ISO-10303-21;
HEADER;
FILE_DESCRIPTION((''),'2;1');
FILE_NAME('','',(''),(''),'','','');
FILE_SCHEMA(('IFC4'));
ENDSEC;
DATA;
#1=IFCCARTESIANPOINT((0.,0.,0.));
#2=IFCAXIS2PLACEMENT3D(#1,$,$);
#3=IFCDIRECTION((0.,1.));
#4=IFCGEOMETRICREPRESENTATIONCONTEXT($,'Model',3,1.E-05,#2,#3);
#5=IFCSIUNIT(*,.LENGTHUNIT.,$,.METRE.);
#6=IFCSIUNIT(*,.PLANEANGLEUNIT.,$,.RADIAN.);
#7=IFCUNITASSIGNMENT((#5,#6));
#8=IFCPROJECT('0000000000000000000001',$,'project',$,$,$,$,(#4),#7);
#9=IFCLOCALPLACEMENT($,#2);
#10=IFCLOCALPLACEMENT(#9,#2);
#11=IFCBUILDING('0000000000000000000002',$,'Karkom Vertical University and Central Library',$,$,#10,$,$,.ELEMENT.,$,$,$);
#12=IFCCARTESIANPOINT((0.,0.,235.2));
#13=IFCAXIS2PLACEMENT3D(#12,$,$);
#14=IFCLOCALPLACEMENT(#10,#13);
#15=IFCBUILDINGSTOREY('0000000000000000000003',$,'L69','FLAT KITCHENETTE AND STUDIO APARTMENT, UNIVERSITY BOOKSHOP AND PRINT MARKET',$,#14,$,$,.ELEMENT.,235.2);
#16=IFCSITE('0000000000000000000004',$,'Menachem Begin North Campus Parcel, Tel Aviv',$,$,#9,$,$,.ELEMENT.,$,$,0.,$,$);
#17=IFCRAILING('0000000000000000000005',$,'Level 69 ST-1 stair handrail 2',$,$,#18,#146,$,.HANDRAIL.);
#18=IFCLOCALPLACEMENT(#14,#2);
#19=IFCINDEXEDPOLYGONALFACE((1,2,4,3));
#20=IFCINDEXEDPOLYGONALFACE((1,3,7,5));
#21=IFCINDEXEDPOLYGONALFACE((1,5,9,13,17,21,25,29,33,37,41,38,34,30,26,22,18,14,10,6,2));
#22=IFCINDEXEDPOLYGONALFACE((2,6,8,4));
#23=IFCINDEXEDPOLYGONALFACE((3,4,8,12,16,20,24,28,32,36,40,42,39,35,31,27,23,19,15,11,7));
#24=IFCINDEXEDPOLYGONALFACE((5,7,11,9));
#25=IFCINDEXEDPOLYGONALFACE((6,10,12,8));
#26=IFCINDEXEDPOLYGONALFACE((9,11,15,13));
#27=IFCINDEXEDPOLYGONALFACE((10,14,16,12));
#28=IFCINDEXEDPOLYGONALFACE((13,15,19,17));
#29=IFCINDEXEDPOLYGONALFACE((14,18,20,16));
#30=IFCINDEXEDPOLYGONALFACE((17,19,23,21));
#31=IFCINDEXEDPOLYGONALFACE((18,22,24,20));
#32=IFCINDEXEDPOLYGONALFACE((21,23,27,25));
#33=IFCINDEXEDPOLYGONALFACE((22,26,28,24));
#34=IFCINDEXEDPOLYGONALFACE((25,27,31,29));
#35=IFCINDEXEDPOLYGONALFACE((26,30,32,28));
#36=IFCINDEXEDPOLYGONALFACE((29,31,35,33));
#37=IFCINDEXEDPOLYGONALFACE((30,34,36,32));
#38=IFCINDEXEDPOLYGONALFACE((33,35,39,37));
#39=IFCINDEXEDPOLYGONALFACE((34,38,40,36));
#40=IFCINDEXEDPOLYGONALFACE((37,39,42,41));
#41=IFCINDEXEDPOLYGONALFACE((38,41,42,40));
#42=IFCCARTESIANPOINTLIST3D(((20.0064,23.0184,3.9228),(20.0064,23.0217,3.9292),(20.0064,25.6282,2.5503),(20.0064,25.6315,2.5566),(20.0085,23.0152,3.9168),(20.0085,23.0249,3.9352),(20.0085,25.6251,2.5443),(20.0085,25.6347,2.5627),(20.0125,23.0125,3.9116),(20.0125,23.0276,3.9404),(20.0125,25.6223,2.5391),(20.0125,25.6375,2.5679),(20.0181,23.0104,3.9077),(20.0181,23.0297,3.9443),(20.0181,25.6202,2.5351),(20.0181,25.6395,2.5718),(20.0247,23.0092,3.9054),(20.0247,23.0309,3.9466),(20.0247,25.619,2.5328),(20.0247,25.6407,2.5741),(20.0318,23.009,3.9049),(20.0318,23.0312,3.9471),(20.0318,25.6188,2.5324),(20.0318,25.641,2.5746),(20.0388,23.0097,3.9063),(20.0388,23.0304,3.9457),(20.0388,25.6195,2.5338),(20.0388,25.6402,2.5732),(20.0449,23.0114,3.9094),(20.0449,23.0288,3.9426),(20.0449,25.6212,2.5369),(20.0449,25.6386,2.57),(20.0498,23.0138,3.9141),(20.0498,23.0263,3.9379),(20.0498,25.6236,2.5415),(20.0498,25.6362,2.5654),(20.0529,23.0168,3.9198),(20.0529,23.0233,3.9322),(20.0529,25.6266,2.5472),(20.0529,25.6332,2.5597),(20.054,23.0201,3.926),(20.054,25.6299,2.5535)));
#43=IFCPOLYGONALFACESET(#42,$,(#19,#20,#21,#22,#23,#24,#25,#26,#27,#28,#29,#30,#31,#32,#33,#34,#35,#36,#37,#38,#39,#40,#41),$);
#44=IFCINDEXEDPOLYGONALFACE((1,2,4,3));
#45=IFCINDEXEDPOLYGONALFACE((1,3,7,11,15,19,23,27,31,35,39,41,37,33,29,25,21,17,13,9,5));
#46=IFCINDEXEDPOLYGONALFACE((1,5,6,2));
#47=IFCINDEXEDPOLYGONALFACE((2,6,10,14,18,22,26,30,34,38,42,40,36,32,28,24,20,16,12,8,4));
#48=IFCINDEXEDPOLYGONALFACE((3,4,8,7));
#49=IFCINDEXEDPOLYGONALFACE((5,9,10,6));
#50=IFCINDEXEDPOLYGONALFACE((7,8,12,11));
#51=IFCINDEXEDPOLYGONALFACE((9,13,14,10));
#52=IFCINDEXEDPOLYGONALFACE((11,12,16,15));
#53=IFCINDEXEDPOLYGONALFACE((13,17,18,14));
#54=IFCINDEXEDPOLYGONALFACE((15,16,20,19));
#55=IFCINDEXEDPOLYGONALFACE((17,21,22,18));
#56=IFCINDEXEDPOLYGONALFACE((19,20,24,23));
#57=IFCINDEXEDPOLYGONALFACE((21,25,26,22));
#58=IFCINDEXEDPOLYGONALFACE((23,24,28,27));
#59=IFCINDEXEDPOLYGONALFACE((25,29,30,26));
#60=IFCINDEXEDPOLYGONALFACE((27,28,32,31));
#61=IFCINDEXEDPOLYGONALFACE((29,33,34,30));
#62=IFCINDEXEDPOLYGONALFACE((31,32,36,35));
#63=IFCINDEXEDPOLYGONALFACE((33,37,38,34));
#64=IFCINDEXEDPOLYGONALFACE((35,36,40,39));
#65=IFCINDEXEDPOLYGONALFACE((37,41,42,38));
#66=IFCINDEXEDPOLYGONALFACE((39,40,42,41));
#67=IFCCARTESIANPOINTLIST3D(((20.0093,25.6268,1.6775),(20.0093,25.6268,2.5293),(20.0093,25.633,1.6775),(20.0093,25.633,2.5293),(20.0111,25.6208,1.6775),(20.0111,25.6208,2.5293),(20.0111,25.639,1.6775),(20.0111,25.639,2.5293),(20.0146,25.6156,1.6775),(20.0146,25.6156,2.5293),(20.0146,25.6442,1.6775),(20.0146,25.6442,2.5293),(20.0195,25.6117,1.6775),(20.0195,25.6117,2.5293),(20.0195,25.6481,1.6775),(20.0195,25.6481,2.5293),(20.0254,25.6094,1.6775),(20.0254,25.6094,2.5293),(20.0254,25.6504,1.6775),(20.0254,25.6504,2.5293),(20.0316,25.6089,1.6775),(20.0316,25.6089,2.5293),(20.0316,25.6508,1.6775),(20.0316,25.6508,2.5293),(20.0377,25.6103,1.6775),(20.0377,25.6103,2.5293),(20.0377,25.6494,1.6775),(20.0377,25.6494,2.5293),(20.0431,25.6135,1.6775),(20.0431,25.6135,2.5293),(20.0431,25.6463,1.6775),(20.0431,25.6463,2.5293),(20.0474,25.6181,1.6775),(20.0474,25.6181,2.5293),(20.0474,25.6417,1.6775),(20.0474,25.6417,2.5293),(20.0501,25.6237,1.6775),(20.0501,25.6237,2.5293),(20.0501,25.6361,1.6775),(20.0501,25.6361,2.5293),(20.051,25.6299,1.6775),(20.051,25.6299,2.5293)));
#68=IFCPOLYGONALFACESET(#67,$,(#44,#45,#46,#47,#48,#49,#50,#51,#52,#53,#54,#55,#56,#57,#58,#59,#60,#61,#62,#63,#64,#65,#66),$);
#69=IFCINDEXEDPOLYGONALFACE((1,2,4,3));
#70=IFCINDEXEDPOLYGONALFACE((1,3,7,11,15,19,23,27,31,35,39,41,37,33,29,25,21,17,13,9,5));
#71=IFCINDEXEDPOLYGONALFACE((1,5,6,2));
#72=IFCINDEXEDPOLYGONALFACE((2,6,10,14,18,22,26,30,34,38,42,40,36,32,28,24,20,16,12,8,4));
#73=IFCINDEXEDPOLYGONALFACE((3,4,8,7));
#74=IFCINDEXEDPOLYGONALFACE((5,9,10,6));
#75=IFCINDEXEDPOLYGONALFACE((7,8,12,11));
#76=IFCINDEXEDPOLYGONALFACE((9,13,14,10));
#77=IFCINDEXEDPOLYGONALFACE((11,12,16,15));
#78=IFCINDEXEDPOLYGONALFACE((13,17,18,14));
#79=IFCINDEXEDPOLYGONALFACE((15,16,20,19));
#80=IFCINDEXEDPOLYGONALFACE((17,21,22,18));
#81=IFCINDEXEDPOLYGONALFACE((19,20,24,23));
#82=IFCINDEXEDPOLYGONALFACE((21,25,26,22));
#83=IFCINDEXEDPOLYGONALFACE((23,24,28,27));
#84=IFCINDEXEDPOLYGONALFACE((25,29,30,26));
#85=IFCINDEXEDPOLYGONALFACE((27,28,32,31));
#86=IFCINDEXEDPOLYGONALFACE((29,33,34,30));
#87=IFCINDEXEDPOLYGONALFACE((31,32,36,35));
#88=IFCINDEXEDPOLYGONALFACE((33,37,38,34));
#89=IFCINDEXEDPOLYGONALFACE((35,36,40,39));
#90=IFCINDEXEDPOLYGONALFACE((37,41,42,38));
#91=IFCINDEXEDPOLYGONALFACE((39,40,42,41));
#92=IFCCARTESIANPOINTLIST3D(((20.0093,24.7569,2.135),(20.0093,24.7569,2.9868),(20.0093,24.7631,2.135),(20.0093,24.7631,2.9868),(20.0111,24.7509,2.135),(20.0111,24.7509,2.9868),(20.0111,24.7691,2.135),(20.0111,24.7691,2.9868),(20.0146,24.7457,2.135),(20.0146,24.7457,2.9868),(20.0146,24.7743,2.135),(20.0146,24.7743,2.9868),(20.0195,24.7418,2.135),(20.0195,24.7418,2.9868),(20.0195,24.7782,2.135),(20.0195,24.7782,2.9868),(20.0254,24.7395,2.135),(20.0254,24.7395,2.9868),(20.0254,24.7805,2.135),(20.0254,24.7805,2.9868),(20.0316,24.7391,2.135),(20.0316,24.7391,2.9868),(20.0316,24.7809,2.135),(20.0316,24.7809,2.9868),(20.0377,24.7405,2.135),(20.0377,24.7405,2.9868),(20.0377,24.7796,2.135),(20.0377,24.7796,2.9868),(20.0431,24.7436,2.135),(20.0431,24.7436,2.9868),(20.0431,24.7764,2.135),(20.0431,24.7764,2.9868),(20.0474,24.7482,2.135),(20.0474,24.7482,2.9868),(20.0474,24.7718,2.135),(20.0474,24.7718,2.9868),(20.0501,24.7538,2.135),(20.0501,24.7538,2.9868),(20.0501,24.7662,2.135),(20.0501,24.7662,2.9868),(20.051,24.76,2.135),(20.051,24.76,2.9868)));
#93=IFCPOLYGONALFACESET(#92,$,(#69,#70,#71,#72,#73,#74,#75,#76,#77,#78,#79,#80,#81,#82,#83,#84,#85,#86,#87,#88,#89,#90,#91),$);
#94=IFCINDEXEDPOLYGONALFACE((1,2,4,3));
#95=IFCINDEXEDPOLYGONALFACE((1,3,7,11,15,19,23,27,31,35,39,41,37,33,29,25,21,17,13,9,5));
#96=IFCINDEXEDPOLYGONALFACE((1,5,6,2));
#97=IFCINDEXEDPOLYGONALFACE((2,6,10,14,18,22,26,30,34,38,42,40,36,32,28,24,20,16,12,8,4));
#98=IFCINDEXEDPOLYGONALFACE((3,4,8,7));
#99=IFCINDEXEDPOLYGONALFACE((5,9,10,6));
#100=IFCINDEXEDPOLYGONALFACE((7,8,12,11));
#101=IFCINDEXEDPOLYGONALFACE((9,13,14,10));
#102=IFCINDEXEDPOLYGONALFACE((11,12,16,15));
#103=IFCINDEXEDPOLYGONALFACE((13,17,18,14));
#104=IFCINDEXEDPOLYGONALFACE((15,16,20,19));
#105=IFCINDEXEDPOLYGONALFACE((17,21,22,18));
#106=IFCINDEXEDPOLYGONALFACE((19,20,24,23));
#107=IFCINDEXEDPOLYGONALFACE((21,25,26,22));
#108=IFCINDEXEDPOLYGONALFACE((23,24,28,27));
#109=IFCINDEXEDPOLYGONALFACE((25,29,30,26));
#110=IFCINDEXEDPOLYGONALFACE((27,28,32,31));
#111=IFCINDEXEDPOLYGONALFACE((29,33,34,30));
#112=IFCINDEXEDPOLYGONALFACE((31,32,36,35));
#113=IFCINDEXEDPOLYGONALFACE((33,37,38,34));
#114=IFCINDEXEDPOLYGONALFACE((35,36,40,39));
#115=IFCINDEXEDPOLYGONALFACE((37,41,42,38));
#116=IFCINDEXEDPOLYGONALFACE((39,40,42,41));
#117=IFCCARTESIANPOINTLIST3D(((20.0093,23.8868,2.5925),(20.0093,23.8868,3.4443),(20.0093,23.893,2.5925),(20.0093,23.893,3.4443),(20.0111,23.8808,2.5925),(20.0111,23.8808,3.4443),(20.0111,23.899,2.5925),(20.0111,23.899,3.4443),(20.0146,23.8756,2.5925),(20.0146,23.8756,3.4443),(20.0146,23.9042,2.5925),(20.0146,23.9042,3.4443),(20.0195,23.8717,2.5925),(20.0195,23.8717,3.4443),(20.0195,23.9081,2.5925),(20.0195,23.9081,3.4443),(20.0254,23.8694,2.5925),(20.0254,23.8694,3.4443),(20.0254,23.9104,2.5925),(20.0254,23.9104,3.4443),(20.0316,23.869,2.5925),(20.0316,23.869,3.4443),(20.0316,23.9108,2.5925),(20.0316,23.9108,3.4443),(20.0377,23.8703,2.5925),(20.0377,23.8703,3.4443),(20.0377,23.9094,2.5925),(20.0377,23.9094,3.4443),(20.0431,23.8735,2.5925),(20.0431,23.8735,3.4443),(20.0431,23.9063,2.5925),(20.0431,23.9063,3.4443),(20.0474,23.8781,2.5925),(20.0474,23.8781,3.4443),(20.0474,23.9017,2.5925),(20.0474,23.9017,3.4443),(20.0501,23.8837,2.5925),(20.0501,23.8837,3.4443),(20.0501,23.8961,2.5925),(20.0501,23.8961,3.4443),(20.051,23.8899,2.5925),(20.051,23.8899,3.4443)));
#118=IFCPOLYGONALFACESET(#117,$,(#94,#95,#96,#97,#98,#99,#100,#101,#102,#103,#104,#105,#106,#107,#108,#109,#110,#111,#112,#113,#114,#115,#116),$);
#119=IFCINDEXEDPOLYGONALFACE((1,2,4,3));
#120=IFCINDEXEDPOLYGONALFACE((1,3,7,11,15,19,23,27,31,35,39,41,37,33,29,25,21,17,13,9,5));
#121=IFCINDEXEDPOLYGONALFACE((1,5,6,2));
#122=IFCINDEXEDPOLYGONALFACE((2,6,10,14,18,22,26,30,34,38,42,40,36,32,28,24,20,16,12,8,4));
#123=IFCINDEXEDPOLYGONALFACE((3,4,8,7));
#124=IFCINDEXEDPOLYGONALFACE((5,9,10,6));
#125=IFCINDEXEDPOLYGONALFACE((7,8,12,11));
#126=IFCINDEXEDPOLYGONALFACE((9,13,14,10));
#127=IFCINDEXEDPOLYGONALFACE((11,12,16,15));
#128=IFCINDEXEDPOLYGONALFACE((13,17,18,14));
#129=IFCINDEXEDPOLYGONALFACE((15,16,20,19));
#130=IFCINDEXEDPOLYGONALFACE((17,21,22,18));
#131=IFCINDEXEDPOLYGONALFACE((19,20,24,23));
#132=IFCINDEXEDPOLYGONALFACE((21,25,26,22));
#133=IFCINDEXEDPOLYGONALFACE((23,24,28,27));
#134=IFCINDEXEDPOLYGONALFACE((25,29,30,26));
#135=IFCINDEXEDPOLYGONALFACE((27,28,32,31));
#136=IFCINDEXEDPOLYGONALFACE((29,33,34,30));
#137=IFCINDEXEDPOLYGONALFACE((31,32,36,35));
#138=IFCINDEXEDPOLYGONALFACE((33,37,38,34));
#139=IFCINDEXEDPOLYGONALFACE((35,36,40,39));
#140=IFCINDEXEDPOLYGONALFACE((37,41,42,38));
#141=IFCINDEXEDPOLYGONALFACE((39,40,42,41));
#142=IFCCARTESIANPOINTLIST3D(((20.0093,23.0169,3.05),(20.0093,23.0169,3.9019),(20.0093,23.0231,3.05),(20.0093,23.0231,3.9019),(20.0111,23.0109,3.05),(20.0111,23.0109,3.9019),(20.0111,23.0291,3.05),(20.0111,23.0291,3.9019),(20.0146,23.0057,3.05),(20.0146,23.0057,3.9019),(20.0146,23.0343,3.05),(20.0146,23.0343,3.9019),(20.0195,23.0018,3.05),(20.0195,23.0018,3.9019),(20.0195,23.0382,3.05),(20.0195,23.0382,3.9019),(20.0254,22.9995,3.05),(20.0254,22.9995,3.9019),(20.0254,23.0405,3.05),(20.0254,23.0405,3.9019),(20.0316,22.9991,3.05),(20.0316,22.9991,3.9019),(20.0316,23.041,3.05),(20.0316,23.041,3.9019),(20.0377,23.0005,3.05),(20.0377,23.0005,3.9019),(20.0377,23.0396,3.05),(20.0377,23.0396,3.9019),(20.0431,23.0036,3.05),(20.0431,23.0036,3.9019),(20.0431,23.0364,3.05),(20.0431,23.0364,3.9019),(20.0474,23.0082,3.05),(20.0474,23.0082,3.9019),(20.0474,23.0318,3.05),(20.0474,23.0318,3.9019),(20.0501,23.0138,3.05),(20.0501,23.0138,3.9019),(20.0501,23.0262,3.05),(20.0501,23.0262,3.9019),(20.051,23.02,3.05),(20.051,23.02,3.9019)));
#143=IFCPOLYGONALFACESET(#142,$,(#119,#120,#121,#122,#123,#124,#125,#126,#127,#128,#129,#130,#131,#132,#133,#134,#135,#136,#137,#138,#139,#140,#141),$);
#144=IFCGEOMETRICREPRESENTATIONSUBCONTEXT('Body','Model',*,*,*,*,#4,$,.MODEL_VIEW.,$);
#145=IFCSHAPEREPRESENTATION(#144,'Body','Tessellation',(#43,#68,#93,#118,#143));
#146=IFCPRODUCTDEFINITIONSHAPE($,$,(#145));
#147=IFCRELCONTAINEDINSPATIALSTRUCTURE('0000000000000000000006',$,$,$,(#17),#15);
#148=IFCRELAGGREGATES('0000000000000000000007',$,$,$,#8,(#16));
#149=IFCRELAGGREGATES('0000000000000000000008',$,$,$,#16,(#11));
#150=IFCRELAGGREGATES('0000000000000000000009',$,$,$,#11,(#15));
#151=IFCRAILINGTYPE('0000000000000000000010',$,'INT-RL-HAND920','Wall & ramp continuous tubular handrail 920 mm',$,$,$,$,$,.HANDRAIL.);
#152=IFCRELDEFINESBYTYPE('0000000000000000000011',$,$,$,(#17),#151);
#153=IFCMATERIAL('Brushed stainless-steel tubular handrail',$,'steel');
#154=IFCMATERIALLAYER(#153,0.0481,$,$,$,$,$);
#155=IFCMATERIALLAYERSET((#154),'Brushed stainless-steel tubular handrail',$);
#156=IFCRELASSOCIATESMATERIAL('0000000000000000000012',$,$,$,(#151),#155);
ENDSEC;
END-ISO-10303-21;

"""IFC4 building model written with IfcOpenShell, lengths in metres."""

from ifc_helpers import new_model, si_unit, direction, frame, origin, origin_2d, place, context, subcontext, project, spatial, circle, extrude, material, layer, layer_set, type_object, element, save


model = new_model("IFC4")

# Units and contexts
model_context = context("Model", 3, precision=1e-05, world=origin(), true_north=direction((0.0, 1.0)))
body_context = subcontext(model_context, "Body", "Model", "MODEL_VIEW")
ifc_project = project(units=[si_unit("LENGTHUNIT", "METRE"), si_unit("PLANEANGLEUNIT", "RADIAN")], contexts=[model_context])

# Site, building, storey
site_placement = place(None, origin())
site = spatial("IfcSite", under=ifc_project, at=site_placement, Name="Menachem Begin North Campus Parcel, Tel Aviv", CompositionType="ELEMENT", RefElevation=0.0)
building_placement = place(site_placement, origin())
building = spatial("IfcBuilding", under=site, at=building_placement, Name="Karkom Vertical University and Central Library", CompositionType="ELEMENT")
storey_placement = place(building_placement, frame((0.0, 0.0, 235.2)))
storey = spatial("IfcBuildingStorey", under=building, at=storey_placement, Name="L69", Description="FLAT KITCHENETTE AND STUDIO APARTMENT, UNIVERSITY BOOKSHOP AND PRINT MARKET", CompositionType="ELEMENT", Elevation=235.2)

# Railing
ifc_material_1 = material(Name="Brushed stainless-steel tubular handrail", Category="steel")
ifc_layer_1 = layer(ifc_material_1, 0.0481)
ifc_layer_set_1 = layer_set([ifc_layer_1], Name="Brushed stainless-steel tubular handrail")
railing_type_1 = type_object("IfcRailingType", Name="INT-RL-HAND920", Description="Wall & ramp continuous tubular handrail 920 mm", PredefinedType="HANDRAIL", material=ifc_layer_set_1)
railing_1_placement = place(storey_placement, frame((20.03, 25.6299, 1.6775)))
element("IfcRailing", 1, at=railing_1_placement, inside=storey, type_object=railing_type_1, Name="Level 69 ST-1 stair handrail 2", PredefinedType="HANDRAIL", context=body_context, shape_type="SweptSolid", body=[
    extrude(circle(Radius=0.0239, at=origin_2d()), frame((0.0, 0.0, 0.876), z_axis=(0.0, -0.885065, 0.465467), x_axis=(1.0, 0.0, 0.0)), (0.0, 0.0, 1.0), 2.9487),
    extrude(circle(Radius=0.021, at=origin_2d()), origin(), (0.0, 0.0, 1.0), 0.8518),
    extrude(circle(Radius=0.021, at=origin_2d()), frame((0.0, -0.8699, 0.4575)), (0.0, 0.0, 1.0), 0.8518),
    extrude(circle(Radius=0.021, at=origin_2d()), frame((0.0, -1.74, 0.915)), (0.0, 0.0, 1.0), 0.8518),
    extrude(circle(Radius=0.021, at=origin_2d()), frame((0.0, -2.6099, 1.3726)), (0.0, 0.0, 1.0), 0.8518),
])

save(model, "model.ifc")
